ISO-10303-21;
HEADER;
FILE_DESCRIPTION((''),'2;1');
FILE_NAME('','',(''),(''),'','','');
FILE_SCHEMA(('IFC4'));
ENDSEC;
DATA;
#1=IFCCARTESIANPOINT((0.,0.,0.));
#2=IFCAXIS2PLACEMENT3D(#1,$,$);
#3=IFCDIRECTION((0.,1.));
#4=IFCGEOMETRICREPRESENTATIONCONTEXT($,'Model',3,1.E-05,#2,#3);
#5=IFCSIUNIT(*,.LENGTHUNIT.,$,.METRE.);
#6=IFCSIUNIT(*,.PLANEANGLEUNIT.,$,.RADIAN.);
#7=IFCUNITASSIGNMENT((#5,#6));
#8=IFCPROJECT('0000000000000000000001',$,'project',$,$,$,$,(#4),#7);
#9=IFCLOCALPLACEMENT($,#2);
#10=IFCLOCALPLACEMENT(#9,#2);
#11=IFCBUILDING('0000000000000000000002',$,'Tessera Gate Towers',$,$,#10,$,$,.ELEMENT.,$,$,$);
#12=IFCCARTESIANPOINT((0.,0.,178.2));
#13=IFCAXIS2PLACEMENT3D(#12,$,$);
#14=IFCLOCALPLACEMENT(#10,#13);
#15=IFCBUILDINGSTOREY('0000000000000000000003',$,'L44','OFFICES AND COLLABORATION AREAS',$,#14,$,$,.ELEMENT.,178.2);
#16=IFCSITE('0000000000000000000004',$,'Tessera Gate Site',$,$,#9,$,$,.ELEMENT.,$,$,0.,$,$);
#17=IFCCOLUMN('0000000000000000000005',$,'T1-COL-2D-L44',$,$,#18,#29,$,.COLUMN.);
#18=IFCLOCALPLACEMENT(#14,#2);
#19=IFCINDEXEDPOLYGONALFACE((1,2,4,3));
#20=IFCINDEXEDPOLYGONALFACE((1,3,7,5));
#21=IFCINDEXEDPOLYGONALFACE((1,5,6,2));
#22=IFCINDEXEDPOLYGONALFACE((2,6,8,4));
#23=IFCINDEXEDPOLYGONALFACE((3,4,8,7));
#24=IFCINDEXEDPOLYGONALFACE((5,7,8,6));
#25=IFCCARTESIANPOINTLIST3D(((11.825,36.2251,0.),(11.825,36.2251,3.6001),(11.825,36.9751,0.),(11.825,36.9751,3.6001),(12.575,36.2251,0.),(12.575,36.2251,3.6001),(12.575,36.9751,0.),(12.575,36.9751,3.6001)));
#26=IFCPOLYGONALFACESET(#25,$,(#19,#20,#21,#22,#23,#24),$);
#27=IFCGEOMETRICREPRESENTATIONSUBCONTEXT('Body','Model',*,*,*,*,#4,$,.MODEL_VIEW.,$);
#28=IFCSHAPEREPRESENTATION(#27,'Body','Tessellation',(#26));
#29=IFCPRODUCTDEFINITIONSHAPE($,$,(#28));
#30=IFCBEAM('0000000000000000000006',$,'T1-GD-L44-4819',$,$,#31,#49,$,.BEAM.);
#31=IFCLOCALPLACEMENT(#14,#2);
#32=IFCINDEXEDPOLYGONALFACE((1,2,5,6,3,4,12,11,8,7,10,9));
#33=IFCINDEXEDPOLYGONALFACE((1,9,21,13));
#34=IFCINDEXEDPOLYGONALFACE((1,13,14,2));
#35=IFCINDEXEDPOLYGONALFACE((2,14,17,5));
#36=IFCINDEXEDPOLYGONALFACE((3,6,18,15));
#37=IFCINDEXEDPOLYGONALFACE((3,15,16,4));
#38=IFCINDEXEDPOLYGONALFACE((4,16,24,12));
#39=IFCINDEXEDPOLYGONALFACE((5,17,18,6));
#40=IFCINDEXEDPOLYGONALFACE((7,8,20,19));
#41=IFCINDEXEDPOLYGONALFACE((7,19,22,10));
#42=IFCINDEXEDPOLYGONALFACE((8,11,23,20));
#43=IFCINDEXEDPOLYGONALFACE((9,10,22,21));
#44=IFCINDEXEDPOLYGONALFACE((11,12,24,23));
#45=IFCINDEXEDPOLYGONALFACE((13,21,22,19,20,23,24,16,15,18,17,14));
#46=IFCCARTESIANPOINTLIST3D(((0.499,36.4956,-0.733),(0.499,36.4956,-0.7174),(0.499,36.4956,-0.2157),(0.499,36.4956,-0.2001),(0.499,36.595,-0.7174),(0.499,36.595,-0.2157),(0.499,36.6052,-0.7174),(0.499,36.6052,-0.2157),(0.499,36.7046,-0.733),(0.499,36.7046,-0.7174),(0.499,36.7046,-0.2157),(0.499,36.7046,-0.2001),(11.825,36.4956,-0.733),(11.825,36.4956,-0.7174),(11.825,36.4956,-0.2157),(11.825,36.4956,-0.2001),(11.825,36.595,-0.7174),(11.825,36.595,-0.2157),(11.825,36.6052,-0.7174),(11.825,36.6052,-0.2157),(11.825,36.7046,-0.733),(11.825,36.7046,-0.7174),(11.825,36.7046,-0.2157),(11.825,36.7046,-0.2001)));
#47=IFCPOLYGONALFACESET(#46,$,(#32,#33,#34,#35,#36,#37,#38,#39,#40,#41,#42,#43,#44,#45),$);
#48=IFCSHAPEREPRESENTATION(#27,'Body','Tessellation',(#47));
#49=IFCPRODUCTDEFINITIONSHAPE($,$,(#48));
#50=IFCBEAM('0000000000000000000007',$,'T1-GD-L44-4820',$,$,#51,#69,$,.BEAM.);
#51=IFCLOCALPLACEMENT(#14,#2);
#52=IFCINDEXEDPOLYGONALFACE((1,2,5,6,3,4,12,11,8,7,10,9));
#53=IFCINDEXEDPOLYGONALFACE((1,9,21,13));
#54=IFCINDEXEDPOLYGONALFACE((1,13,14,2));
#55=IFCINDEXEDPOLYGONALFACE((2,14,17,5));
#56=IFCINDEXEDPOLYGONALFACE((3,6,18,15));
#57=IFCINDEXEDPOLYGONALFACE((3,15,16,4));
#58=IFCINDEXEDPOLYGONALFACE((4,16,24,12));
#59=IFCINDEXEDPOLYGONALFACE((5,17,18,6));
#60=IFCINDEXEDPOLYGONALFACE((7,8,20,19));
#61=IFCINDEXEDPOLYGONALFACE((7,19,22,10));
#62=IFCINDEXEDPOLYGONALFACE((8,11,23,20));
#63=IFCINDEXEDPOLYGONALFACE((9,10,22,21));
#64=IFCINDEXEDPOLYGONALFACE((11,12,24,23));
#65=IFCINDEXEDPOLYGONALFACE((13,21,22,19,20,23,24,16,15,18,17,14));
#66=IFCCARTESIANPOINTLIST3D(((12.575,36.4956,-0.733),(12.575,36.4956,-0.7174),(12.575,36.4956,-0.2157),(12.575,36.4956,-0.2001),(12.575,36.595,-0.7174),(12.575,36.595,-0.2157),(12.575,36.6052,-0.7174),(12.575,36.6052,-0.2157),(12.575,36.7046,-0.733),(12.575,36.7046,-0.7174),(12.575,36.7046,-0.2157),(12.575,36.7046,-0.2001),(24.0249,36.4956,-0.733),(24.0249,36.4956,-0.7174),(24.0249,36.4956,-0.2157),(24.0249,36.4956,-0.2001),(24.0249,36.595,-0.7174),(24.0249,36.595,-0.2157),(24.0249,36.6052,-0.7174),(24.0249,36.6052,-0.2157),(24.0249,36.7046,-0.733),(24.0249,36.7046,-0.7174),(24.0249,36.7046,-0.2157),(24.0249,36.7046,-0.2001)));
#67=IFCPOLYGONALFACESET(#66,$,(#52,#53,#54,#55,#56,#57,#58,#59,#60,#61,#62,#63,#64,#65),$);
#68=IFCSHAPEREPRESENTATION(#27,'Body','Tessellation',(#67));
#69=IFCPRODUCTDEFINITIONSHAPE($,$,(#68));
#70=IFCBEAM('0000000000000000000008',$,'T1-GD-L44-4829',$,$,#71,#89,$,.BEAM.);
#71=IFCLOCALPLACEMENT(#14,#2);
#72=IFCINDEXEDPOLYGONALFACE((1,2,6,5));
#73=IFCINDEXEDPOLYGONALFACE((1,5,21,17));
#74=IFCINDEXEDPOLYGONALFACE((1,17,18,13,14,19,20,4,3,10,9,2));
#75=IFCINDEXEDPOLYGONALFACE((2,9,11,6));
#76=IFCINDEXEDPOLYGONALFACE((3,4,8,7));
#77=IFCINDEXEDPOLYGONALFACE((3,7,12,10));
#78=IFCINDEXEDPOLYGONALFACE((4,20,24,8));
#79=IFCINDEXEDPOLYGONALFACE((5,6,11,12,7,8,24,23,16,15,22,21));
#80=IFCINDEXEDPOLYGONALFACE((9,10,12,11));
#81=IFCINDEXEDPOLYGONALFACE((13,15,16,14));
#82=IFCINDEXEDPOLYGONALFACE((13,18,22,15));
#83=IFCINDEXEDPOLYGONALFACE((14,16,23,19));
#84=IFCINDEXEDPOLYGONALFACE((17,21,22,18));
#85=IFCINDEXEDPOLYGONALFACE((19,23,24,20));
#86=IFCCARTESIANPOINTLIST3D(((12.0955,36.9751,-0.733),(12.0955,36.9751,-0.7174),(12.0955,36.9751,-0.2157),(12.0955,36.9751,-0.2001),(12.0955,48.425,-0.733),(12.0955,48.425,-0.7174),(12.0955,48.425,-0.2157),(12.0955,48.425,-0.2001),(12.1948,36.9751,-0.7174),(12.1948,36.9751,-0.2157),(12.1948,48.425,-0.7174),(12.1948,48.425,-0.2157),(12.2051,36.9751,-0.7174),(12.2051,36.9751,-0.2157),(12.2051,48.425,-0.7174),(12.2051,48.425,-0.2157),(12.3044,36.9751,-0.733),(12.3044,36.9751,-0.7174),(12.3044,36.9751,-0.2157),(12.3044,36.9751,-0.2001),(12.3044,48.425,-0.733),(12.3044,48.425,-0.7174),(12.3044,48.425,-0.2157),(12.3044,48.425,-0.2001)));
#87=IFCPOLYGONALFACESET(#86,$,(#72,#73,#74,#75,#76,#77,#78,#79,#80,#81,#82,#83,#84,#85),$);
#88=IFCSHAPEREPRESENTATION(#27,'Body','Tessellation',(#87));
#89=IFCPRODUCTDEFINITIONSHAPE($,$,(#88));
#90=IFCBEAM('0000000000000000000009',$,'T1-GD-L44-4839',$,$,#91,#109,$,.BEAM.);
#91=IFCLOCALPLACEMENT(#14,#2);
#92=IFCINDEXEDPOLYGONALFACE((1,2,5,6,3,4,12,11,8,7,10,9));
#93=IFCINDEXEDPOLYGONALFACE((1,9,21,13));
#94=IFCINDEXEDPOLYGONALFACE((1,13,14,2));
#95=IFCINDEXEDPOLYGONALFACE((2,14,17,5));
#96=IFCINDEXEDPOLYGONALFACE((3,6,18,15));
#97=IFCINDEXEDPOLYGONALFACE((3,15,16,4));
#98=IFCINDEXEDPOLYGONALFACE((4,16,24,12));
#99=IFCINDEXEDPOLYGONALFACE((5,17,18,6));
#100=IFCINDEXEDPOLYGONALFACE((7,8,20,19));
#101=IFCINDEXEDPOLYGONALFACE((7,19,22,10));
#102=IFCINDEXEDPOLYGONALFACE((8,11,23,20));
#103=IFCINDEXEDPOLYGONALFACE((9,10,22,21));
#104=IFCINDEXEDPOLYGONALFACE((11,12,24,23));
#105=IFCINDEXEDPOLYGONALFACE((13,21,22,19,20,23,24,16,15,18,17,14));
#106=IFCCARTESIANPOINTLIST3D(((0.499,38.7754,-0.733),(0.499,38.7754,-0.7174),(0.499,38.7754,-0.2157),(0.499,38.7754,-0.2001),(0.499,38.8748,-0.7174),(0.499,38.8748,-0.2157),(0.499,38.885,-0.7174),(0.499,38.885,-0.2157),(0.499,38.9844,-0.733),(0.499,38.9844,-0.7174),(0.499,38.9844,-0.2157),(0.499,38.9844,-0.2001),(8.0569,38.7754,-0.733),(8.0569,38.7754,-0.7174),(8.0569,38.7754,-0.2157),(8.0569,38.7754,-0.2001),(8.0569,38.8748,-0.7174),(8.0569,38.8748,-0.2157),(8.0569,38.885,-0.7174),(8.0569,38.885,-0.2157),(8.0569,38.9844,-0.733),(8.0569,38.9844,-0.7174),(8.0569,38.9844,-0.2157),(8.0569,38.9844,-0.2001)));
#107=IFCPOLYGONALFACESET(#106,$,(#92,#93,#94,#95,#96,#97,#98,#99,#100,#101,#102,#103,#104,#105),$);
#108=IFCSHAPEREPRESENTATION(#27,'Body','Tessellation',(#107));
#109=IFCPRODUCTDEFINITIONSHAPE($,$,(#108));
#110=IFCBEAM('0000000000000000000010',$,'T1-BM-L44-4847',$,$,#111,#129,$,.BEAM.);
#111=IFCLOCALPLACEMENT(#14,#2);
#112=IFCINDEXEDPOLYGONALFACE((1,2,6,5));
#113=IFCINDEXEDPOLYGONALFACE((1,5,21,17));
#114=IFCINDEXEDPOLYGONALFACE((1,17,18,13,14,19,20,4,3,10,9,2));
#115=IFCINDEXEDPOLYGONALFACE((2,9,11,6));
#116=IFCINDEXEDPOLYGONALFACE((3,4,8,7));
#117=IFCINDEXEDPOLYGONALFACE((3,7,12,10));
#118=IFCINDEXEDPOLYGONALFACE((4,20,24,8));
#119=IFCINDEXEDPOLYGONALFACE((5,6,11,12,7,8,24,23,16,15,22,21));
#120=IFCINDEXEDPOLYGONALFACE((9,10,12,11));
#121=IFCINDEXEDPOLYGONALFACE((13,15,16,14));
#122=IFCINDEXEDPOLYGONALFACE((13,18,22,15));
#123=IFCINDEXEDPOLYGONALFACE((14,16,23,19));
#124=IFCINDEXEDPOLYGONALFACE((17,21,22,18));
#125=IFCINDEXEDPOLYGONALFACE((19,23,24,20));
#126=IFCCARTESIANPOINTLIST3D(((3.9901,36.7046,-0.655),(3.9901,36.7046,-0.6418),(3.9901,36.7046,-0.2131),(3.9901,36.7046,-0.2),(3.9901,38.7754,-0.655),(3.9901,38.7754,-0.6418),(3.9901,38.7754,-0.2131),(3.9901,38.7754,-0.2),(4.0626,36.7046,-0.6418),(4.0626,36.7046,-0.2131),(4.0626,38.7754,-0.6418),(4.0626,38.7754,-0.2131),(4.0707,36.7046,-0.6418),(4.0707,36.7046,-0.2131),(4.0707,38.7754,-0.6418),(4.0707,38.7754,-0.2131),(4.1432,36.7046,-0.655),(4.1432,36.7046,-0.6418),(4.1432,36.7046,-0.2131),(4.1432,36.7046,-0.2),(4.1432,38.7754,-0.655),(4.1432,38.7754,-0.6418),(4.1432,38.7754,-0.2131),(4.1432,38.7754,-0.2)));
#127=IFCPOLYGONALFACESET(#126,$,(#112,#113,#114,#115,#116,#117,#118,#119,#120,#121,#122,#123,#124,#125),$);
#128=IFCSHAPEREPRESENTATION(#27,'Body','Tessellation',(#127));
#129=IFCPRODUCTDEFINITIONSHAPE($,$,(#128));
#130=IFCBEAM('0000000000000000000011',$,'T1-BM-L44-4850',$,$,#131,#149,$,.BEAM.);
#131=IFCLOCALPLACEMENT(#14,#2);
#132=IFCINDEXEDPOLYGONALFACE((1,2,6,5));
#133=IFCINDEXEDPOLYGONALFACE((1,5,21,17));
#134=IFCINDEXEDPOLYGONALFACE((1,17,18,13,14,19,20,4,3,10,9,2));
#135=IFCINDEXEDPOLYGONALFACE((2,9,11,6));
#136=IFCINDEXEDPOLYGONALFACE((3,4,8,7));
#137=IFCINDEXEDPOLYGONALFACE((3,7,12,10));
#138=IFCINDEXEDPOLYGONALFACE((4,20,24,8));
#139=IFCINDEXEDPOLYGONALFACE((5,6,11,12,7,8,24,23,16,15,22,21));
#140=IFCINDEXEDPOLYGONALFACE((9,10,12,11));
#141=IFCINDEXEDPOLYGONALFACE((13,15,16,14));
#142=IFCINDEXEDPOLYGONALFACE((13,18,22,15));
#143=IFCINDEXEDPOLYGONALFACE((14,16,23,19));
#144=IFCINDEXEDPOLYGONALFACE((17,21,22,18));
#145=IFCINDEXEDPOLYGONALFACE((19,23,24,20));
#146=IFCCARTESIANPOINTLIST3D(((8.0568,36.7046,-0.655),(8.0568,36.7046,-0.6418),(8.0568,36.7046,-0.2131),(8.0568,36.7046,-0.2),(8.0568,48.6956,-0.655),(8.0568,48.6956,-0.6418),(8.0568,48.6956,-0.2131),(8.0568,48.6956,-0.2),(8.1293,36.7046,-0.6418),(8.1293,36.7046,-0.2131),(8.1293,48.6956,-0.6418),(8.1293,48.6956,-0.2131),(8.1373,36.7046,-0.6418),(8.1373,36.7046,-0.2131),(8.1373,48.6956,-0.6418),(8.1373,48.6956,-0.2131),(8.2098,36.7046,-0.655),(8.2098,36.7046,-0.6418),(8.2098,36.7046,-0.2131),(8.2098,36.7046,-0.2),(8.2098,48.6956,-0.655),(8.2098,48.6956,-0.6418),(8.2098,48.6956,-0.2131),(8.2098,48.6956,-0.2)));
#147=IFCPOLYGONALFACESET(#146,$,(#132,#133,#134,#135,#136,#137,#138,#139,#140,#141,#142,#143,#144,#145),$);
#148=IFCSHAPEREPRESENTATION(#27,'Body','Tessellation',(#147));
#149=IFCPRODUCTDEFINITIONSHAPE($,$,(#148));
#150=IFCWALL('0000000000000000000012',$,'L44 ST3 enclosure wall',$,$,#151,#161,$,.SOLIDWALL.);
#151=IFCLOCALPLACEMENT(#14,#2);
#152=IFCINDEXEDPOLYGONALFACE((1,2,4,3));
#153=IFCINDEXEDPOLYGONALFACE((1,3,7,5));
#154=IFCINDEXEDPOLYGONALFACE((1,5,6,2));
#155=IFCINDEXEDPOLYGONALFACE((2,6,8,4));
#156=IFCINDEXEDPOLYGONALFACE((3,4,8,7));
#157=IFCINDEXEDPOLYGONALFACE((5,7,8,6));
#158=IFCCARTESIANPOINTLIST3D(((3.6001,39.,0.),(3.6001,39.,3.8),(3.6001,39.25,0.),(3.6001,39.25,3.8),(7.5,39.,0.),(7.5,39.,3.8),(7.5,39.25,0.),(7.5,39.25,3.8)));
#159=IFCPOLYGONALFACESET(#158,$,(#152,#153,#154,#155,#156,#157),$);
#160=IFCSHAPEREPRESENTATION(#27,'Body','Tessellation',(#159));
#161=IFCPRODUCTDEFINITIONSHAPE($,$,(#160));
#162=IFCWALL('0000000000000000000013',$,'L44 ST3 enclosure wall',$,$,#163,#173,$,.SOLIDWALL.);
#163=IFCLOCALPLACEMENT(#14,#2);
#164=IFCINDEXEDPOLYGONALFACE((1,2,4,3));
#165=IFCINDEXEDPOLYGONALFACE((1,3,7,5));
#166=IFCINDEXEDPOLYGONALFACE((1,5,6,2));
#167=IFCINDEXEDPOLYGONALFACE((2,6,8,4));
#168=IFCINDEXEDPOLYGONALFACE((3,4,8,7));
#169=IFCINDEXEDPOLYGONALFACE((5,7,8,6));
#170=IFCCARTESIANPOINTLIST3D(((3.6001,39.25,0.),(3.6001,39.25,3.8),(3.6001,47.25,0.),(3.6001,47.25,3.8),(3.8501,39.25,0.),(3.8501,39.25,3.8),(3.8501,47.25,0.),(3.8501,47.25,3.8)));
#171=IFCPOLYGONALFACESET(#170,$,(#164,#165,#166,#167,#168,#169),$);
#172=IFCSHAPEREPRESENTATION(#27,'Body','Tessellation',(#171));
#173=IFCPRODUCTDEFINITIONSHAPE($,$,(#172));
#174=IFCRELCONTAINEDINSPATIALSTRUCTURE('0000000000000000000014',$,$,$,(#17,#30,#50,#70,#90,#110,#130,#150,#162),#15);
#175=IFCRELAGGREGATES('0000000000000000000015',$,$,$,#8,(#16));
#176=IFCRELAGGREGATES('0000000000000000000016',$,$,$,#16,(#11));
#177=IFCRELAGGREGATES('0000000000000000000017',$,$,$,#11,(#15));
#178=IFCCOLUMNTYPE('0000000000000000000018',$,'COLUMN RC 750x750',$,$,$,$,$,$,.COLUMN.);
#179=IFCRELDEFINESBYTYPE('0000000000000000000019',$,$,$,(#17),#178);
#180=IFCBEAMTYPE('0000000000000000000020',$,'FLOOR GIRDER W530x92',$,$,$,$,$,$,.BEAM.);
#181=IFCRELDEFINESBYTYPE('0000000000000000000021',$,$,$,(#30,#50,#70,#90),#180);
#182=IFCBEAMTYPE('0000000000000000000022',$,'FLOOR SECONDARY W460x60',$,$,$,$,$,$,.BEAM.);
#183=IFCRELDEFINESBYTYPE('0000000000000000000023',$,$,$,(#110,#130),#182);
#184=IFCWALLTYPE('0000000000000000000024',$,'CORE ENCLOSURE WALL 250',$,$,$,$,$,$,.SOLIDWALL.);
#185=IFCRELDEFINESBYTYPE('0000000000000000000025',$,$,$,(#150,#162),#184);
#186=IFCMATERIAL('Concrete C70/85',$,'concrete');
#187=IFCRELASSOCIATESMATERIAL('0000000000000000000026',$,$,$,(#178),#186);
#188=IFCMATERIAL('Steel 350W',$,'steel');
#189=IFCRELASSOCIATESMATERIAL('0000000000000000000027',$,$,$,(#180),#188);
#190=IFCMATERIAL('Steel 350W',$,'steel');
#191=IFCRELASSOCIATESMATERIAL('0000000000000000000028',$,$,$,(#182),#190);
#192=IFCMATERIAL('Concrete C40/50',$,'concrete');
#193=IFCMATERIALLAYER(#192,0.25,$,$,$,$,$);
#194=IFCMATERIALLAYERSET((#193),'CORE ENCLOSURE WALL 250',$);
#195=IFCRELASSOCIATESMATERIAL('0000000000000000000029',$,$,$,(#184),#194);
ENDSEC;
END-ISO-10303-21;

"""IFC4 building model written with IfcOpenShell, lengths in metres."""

from ifc_helpers import new_model, si_unit, direction, frame, frame_2d, origin, origin_2d, place, context, subcontext, project, spatial, rectangle, i_section, extrude, material, layer, layer_set, material_profile, profile_set, type_object, element, save


model = new_model("IFC4")

# Units and contexts
model_context = context("Model", 3, precision=1e-05, world=origin(), true_north=direction((0.0, 1.0)))
body_context = subcontext(model_context, "Body", "Model", "MODEL_VIEW")
ifc_project = project(units=[si_unit("LENGTHUNIT", "METRE"), si_unit("PLANEANGLEUNIT", "RADIAN")], contexts=[model_context])

# Site, building, storey
site_placement = place(None, origin())
site = spatial("IfcSite", under=ifc_project, at=site_placement, Name="Tessera Gate Site", CompositionType="ELEMENT", RefElevation=0.0)
building_placement = place(site_placement, origin())
building = spatial("IfcBuilding", under=site, at=building_placement, Name="Tessera Gate Towers", CompositionType="ELEMENT")
storey_placement = place(building_placement, frame((0.0, 0.0, 178.2)))
storey = spatial("IfcBuildingStorey", under=building, at=storey_placement, Name="L44", Description="OFFICES AND COLLABORATION AREAS", CompositionType="ELEMENT", Elevation=178.2)

# Column
ifc_material_1 = material(Name="Concrete C70/85", Category="concrete")
ifc_material_profile_1 = material_profile(ifc_material_1, rectangle(XDim=0.75, YDim=0.75, at=origin_2d()), Name="RC 750x750")
ifc_profile_set_1 = profile_set([ifc_material_profile_1], Name="Concrete C70/85")
column_type = type_object("IfcColumnType", Name="COLUMN RC 750x750", PredefinedType="COLUMN", material=ifc_profile_set_1)
column_placement = place(storey_placement, frame((12.2, 36.6001, 0.0), z_axis=(0.0, 0.0, 1.0), x_axis=(1.0, 0.0, 0.0)))
element("IfcColumn", 1, at=column_placement, inside=storey, type_object=column_type, Name="T1-COL-2D-L44", PredefinedType="COLUMN", context=body_context, shape_type="SweptSolid", body=[
    extrude(rectangle(XDim=0.75, YDim=0.75, at=origin_2d()), origin(), (0.0, 0.0, 1.0), 3.6001),
])

# Beams
ifc_material_2 = material(Name="Steel 350W", Category="steel")
ifc_material_profile_2 = material_profile(ifc_material_2, i_section(OverallWidth=0.209, OverallDepth=0.533, WebThickness=0.0103, FlangeThickness=0.0156, at=origin_2d()), Name="W530x92")
ifc_profile_set_2 = profile_set([ifc_material_profile_2], Name="Steel 350W")
beam_type_1 = type_object("IfcBeamType", Name="FLOOR GIRDER W530x92", PredefinedType="BEAM", material=ifc_profile_set_2)
beam_1_placement = place(storey_placement, frame((0.499, 36.6001, -0.4666), z_axis=(1.0, 0.0, 0.0), x_axis=(0.0, 1.0, 0.0)))
element("IfcBeam", 2, at=beam_1_placement, inside=storey, type_object=beam_type_1, Name="T1-GD-L44-4819", PredefinedType="BEAM", context=body_context, shape_type="SweptSolid", body=[
    extrude(i_section(OverallWidth=0.209, OverallDepth=0.533, WebThickness=0.0103, FlangeThickness=0.0156, at=origin_2d()), origin(), (0.0, 0.0, 1.0), 11.3259),
])
for number, where, z_axis, x_axis, name in (
    (3, (12.575, 36.6001, -0.4666), (1.0, 0.0, 0.0), (0.0, 1.0, 0.0), "T1-GD-L44-4820"),
    (4, (12.2, 36.9751, -0.4666), (0.0, 1.0, 0.0), (-1.0, 0.0, 0.0), "T1-GD-L44-4829"),
):
    element("IfcBeam", number, at=place(storey_placement, frame(where, z_axis=z_axis, x_axis=x_axis)), inside=storey, type_object=beam_type_1, Name=name, PredefinedType="BEAM", context=body_context, shape_type="SweptSolid", body=[
        extrude(i_section(OverallWidth=0.209, OverallDepth=0.533, WebThickness=0.0103, FlangeThickness=0.0156, at=origin_2d()), origin(), (0.0, 0.0, 1.0), 11.45),
    ])
beam_2_placement = place(storey_placement, frame((0.499, 38.8799, -0.4666), z_axis=(1.0, 0.0, 0.0), x_axis=(0.0, 1.0, 0.0)))
element("IfcBeam", 5, at=beam_2_placement, inside=storey, type_object=beam_type_1, Name="T1-GD-L44-4839", PredefinedType="BEAM", context=body_context, shape_type="SweptSolid", body=[
    extrude(i_section(OverallWidth=0.209, OverallDepth=0.533, WebThickness=0.0103, FlangeThickness=0.0156, at=origin_2d()), origin(), (0.0, 0.0, 1.0), 7.5579),
])
ifc_material_3 = material(Name="Steel 350W", Category="steel")
ifc_material_profile_3 = material_profile(ifc_material_3, i_section(OverallWidth=0.1531, OverallDepth=0.4551, WebThickness=0.0081, FlangeThickness=0.0132, at=origin_2d()), Name="W460x60")
ifc_profile_set_3 = profile_set([ifc_material_profile_3], Name="Steel 350W")
beam_type_2 = type_object("IfcBeamType", Name="FLOOR SECONDARY W460x60", PredefinedType="BEAM", material=ifc_profile_set_3)
beam_3_placement = place(storey_placement, frame((4.0667, 36.7046, -0.4275), z_axis=(0.0, 1.0, 0.0), x_axis=(-1.0, 0.0, 0.0)))
element("IfcBeam", 6, at=beam_3_placement, inside=storey, type_object=beam_type_2, Name="T1-BM-L44-4847", PredefinedType="BEAM", context=body_context, shape_type="SweptSolid", body=[
    extrude(i_section(OverallWidth=0.1531, OverallDepth=0.4551, WebThickness=0.0081, FlangeThickness=0.0132, at=origin_2d()), origin(), (0.0, 0.0, 1.0), 2.0708),
])
beam_4_placement = place(storey_placement, frame((8.1333, 36.7046, -0.4275), z_axis=(0.0, 1.0, 0.0), x_axis=(-1.0, 0.0, 0.0)))
element("IfcBeam", 7, at=beam_4_placement, inside=storey, type_object=beam_type_2, Name="T1-BM-L44-4850", PredefinedType="BEAM", context=body_context, shape_type="SweptSolid", body=[
    extrude(i_section(OverallWidth=0.1531, OverallDepth=0.4551, WebThickness=0.0081, FlangeThickness=0.0132, at=origin_2d()), origin(), (0.0, 0.0, 1.0), 11.991),
])

# Walls
ifc_material_4 = material(Name="Concrete C40/50", Category="concrete")
ifc_layer_1 = layer(ifc_material_4, 0.25)
ifc_layer_set_1 = layer_set([ifc_layer_1], Name="CORE ENCLOSURE WALL 250")
wall_type_1 = type_object("IfcWallType", Name="CORE ENCLOSURE WALL 250", PredefinedType="SOLIDWALL", material=ifc_layer_set_1)
wall_1_placement = place(storey_placement, frame((7.5, 39.125, 0.0), z_axis=(0.0, 0.0, 1.0), x_axis=(-1.0, 0.0, 0.0)))
element("IfcWall", 8, at=wall_1_placement, inside=storey, type_object=wall_type_1, Name="L44 ST3 enclosure wall", PredefinedType="SOLIDWALL", context=body_context, shape_type="SweptSolid", body=[
    extrude(rectangle(XDim=3.8999, YDim=0.25, at=frame_2d((1.95, 0.0))), origin(), (0.0, 0.0, 1.0), 3.8),
])
wall_2_placement = place(storey_placement, frame((3.7251, 39.25, 0.0), z_axis=(0.0, 0.0, 1.0), x_axis=(0.0, 1.0, 0.0)))
element("IfcWall", 9, at=wall_2_placement, inside=storey, type_object=wall_type_1, Name="L44 ST3 enclosure wall", PredefinedType="SOLIDWALL", context=body_context, shape_type="SweptSolid", body=[
    extrude(rectangle(XDim=8.0, YDim=0.25, at=frame_2d((4.0, 0.0))), origin(), (0.0, 0.0, 1.0), 3.8),
])

save(model, "model.ifc")
